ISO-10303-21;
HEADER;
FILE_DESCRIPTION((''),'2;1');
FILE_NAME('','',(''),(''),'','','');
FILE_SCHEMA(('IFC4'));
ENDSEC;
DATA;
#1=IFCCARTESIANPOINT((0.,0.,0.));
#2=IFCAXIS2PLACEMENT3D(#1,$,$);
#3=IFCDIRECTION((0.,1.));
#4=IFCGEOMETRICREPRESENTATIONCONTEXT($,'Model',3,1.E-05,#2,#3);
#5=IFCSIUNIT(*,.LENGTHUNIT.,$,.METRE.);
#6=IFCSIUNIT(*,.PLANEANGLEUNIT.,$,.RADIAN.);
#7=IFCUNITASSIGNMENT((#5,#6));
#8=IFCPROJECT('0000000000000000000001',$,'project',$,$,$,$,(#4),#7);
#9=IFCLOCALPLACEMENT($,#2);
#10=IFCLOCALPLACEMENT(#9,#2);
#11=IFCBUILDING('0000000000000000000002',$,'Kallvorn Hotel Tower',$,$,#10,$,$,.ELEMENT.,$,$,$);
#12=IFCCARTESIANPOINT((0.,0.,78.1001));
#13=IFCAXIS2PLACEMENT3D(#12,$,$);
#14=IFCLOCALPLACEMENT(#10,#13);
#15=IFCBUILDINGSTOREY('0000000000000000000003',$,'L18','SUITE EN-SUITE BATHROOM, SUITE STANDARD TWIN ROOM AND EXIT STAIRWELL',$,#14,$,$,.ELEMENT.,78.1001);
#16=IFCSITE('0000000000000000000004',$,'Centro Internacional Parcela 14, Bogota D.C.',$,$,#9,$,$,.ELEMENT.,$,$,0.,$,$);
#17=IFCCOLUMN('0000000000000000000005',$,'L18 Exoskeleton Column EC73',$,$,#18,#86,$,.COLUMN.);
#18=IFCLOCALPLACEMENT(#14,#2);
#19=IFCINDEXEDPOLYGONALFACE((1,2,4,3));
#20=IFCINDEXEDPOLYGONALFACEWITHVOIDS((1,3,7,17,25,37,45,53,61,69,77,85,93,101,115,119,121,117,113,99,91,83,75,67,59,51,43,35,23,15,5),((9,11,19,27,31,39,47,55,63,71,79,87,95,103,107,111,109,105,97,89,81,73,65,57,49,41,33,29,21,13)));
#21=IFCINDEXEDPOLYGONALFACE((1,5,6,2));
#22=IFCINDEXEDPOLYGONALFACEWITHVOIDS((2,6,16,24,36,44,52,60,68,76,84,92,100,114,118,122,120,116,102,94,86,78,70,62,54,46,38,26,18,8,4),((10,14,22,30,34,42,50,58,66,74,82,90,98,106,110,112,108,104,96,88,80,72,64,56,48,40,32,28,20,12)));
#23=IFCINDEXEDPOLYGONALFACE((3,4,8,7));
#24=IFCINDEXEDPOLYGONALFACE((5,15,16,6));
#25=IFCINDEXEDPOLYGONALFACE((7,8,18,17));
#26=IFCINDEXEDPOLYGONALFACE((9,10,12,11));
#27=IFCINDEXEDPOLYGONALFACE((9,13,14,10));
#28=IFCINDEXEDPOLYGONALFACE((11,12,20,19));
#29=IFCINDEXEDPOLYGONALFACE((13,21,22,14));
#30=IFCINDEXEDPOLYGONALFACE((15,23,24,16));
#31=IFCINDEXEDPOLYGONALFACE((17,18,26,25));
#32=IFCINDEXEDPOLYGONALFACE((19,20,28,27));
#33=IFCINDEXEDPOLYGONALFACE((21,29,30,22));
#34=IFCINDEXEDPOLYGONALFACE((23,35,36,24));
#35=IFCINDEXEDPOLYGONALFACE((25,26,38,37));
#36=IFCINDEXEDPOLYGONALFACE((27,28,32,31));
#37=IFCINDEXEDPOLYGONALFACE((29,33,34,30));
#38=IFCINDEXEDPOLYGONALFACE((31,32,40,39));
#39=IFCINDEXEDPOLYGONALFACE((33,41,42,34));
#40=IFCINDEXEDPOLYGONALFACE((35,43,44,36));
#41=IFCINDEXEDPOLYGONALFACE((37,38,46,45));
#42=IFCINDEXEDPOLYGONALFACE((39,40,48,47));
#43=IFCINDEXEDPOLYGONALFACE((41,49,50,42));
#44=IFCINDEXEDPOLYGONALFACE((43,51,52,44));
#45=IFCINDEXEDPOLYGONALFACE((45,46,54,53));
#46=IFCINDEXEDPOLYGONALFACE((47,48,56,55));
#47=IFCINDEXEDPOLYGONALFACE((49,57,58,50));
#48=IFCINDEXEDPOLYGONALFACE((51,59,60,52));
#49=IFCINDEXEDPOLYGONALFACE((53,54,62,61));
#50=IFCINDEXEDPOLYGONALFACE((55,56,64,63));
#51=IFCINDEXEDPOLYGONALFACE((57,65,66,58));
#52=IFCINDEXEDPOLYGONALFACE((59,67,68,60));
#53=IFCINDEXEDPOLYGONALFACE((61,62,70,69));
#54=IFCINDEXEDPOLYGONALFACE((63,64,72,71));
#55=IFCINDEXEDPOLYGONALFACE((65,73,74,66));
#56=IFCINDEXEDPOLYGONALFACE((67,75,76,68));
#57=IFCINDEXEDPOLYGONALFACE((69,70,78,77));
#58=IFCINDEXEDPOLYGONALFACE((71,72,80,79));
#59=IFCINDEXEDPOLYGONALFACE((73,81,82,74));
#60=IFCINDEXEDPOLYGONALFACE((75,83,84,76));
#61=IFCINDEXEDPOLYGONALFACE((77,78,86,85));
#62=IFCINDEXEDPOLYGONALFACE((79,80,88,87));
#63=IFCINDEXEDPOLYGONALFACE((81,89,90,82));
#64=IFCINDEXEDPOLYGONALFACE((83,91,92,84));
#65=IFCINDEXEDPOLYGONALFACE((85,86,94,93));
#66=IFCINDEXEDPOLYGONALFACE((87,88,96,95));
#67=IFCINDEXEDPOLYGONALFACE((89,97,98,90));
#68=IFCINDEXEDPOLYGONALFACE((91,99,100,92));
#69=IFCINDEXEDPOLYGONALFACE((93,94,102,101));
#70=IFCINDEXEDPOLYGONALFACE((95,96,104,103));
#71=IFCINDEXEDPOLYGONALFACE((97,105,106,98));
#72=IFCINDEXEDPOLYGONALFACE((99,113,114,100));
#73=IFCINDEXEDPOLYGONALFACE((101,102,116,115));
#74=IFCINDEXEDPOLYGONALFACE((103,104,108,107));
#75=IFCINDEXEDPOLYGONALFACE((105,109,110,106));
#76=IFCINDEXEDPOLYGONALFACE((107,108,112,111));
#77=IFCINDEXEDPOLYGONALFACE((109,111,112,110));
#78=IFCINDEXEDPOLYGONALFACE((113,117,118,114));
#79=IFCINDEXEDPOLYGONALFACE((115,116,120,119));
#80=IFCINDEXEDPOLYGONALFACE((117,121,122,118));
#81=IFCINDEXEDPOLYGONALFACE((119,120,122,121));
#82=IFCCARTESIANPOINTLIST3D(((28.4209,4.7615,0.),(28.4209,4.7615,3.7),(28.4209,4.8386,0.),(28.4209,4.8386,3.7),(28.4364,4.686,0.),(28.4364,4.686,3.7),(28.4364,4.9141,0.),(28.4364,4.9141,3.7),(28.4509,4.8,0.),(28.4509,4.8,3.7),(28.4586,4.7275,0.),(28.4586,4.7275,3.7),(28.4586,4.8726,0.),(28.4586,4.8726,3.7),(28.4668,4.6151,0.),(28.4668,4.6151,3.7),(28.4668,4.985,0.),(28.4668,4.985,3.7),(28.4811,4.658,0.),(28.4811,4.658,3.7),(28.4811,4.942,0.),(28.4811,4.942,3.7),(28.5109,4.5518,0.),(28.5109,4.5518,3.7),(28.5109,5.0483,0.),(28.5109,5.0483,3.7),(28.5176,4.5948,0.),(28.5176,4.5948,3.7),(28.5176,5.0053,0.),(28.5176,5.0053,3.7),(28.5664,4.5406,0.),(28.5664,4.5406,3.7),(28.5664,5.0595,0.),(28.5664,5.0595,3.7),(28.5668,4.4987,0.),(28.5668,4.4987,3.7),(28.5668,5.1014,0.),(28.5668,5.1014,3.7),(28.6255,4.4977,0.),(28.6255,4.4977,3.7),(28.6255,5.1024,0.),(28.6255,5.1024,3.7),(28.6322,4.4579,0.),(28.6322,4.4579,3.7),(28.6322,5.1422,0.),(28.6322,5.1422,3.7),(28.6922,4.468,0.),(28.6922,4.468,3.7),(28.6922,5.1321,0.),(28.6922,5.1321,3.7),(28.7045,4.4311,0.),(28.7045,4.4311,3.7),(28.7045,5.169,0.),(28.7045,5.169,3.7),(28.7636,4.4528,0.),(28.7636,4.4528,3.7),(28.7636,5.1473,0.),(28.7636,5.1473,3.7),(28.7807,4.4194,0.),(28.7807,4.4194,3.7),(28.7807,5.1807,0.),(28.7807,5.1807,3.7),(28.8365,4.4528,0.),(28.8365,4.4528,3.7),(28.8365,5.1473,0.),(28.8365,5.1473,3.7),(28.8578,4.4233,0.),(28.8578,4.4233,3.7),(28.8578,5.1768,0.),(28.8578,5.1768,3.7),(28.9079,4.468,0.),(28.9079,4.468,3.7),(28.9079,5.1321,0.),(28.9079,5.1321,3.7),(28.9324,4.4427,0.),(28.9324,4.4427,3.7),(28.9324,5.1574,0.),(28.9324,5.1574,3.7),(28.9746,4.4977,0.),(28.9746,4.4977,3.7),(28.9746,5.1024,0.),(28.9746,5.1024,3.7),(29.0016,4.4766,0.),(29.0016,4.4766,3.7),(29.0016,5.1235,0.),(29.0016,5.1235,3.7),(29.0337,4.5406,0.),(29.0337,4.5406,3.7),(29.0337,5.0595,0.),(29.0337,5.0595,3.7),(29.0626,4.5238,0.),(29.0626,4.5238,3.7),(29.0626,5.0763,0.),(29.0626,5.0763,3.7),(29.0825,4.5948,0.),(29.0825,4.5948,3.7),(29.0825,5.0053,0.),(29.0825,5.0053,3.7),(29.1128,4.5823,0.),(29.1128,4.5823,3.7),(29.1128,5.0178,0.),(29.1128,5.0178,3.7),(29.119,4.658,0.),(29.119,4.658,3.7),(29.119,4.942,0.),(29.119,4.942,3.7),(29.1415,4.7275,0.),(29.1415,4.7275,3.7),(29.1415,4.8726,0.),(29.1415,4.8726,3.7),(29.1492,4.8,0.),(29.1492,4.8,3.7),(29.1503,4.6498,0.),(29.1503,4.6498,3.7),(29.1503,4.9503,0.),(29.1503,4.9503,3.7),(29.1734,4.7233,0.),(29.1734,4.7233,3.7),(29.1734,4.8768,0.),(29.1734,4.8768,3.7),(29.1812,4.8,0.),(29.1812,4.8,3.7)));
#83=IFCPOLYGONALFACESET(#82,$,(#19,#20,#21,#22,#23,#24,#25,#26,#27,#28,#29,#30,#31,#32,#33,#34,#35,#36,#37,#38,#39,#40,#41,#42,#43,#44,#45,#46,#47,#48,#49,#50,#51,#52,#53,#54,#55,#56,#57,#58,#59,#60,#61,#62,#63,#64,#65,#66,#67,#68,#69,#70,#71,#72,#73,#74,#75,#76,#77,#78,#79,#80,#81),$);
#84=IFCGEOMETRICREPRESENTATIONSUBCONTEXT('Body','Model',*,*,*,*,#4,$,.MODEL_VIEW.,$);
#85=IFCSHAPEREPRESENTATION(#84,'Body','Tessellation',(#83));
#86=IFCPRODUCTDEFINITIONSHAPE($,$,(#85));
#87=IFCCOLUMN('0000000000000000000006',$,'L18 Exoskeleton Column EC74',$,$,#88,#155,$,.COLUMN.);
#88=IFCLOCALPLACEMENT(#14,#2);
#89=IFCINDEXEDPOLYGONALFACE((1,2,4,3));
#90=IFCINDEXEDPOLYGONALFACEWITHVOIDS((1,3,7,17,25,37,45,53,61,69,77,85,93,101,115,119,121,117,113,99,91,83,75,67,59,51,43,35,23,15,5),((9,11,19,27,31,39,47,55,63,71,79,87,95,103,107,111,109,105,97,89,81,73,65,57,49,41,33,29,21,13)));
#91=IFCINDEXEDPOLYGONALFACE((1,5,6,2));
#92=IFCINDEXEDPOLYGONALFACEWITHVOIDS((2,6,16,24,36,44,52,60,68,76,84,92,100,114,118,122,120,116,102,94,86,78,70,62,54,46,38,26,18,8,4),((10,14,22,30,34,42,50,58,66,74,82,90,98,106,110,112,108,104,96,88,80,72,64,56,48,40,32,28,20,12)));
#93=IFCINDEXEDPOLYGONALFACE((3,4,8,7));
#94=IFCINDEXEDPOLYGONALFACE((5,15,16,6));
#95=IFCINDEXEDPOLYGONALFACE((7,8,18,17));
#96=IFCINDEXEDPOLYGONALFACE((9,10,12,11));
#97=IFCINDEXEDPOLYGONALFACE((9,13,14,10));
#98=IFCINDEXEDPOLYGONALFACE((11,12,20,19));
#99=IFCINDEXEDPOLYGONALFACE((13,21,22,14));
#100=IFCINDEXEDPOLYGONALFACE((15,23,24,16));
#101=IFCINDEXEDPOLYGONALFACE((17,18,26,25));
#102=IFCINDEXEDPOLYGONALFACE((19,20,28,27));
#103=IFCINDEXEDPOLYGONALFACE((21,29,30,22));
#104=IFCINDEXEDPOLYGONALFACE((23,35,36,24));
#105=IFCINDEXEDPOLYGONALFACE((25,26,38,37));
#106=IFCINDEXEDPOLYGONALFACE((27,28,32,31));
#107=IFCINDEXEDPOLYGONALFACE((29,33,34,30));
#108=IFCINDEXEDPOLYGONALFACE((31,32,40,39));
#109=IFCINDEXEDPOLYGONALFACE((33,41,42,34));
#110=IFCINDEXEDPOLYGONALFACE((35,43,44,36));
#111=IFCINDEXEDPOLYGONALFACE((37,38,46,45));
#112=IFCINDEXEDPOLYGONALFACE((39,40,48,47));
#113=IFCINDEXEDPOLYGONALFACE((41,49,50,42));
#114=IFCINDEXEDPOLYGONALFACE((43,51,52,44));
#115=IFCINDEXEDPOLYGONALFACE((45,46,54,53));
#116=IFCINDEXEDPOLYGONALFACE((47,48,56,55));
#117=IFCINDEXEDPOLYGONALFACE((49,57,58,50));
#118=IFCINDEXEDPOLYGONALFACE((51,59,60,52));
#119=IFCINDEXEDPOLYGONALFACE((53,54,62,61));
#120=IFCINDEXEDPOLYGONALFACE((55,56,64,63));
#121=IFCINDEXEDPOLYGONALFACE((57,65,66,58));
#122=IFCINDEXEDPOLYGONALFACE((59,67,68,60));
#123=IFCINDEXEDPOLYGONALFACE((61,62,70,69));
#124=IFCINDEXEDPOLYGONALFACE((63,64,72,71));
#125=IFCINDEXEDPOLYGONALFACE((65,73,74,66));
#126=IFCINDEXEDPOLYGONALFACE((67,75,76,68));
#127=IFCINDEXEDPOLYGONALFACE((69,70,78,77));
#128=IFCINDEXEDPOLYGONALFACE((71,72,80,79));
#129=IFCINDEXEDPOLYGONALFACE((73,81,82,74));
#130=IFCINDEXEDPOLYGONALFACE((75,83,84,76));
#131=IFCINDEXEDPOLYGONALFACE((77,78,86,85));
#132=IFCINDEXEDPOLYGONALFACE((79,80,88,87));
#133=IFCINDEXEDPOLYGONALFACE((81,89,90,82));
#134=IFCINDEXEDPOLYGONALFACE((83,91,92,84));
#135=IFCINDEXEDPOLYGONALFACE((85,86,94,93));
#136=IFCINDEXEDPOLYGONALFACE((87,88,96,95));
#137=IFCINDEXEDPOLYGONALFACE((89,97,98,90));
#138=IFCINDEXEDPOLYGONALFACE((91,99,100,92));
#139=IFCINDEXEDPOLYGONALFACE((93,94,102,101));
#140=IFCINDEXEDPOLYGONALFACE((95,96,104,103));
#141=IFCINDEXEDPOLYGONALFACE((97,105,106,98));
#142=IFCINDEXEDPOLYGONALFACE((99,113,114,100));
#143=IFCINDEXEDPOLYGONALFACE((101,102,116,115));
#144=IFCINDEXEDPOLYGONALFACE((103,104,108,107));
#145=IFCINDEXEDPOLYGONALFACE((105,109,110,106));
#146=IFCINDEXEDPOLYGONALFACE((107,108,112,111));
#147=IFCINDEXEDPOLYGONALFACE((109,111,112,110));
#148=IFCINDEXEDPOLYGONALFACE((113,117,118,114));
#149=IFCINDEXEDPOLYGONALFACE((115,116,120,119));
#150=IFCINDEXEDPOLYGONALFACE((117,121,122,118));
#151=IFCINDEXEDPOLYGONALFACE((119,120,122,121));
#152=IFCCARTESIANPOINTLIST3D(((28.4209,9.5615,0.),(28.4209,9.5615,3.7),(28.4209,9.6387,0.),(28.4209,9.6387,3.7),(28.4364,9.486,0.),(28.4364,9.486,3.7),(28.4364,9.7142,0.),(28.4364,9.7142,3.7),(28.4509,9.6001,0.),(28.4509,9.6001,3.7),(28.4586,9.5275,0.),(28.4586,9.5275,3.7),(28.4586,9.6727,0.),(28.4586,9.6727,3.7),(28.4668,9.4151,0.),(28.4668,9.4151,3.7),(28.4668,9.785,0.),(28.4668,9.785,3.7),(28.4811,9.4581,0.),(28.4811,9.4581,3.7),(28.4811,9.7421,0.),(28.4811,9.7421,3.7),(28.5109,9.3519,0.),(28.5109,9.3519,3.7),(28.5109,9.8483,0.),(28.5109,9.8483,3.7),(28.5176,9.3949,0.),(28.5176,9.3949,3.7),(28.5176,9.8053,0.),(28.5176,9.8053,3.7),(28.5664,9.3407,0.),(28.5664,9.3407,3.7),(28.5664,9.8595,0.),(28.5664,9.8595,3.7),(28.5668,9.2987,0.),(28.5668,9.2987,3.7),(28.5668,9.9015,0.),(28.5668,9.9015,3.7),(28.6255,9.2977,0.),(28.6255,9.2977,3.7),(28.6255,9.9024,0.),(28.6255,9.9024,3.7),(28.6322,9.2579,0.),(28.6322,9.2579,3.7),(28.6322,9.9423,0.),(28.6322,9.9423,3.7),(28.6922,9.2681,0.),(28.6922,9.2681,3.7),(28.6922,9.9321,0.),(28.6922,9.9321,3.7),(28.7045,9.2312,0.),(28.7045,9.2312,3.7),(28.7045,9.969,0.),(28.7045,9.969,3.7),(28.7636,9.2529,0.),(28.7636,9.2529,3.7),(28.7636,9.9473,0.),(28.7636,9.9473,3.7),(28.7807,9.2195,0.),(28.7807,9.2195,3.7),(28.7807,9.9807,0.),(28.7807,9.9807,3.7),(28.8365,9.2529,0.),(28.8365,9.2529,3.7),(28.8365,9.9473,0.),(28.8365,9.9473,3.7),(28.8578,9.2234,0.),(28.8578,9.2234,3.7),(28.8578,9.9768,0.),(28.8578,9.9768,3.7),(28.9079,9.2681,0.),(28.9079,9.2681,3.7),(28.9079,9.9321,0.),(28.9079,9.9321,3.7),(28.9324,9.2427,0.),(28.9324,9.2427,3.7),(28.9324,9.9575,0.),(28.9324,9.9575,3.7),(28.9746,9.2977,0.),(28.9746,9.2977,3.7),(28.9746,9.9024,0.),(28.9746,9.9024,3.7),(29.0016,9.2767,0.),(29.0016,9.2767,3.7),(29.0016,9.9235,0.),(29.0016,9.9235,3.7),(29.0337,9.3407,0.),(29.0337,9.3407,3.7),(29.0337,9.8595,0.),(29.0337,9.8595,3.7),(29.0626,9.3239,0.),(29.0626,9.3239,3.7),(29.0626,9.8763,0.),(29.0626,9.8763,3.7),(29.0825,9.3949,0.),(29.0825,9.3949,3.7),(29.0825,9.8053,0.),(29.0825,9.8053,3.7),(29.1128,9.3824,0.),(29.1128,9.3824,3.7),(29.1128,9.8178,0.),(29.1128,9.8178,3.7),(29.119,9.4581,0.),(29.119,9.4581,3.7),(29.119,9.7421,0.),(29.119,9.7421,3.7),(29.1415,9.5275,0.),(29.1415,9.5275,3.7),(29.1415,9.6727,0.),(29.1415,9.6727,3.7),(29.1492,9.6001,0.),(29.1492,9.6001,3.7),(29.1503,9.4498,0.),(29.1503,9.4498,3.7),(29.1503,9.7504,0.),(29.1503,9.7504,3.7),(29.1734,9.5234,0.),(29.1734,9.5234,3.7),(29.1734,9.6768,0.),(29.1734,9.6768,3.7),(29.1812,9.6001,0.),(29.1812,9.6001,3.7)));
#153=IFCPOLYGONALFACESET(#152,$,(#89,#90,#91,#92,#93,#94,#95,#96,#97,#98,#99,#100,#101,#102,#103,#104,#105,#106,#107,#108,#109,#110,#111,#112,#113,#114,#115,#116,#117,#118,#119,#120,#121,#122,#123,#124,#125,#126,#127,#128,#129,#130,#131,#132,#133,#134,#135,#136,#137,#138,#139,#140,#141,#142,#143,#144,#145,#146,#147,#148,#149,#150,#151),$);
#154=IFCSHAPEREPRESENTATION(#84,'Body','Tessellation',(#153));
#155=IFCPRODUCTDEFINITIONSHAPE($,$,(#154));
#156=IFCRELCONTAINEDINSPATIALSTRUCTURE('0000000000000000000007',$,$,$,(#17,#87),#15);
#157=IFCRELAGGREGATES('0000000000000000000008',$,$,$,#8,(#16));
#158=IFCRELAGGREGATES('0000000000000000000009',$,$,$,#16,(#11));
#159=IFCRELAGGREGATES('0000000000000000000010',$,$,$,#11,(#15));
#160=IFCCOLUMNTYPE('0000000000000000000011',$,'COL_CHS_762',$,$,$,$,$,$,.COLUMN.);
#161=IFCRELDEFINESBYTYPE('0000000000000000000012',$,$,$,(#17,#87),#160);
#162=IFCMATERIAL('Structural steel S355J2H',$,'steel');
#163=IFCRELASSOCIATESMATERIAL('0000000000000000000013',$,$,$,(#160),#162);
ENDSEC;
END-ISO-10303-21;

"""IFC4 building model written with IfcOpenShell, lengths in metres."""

from ifc_helpers import new_model, si_unit, direction, frame, origin, origin_2d, place, context, subcontext, project, spatial, hollow_circle, extrude, material, material_profile, profile_set, type_object, element, save


model = new_model("IFC4")

# Units and contexts
model_context = context("Model", 3, precision=1e-05, world=origin(), true_north=direction((0.0, 1.0)))
body_context = subcontext(model_context, "Body", "Model", "MODEL_VIEW")
ifc_project = project(units=[si_unit("LENGTHUNIT", "METRE"), si_unit("PLANEANGLEUNIT", "RADIAN")], contexts=[model_context])

# Site, building, storey
site_placement = place(None, origin())
site = spatial("IfcSite", under=ifc_project, at=site_placement, Name="Centro Internacional Parcela 14, Bogota D.C.", CompositionType="ELEMENT", RefElevation=0.0)
building_placement = place(site_placement, origin())
building = spatial("IfcBuilding", under=site, at=building_placement, Name="Kallvorn Hotel Tower", CompositionType="ELEMENT")
storey_placement = place(building_placement, frame((0.0, 0.0, 78.1001)))
storey = spatial("IfcBuildingStorey", under=building, at=storey_placement, Name="L18", Description="SUITE EN-SUITE BATHROOM, SUITE STANDARD TWIN ROOM AND EXIT STAIRWELL", CompositionType="ELEMENT", Elevation=78.1001)

# Columns
ifc_material_1 = material(Name="Structural steel S355J2H", Category="steel")
ifc_material_profile_1 = material_profile(ifc_material_1, hollow_circle(Radius=0.3811, WallThickness=0.032, at=origin_2d()), Name="CHS 762x32")
ifc_profile_set_1 = profile_set([ifc_material_profile_1], Name="Structural steel S355J2H")
column_type_1 = type_object("IfcColumnType", Name="COL_CHS_762", PredefinedType="COLUMN", material=ifc_profile_set_1)
for number, where, z_axis, x_axis, name in (
    (1, (28.8, 4.8, 0.0), (0.0, 0.0, 1.0), (1.0, 0.0, 0.0), "L18 Exoskeleton Column EC73"),
    (2, (28.8, 9.6001, 0.0), (0.0, 0.0, 1.0), (1.0, 0.0, 0.0), "L18 Exoskeleton Column EC74"),
):
    element("IfcColumn", number, at=place(storey_placement, frame(where, z_axis=z_axis, x_axis=x_axis)), inside=storey, type_object=column_type_1, Name=name, PredefinedType="COLUMN", context=body_context, shape_type="SweptSolid", body=[
        extrude(hollow_circle(Radius=0.3811, WallThickness=0.032, at=origin_2d()), origin(), (0.0, 0.0, 1.0), 3.7),
    ])

save(model, "model.ifc")
